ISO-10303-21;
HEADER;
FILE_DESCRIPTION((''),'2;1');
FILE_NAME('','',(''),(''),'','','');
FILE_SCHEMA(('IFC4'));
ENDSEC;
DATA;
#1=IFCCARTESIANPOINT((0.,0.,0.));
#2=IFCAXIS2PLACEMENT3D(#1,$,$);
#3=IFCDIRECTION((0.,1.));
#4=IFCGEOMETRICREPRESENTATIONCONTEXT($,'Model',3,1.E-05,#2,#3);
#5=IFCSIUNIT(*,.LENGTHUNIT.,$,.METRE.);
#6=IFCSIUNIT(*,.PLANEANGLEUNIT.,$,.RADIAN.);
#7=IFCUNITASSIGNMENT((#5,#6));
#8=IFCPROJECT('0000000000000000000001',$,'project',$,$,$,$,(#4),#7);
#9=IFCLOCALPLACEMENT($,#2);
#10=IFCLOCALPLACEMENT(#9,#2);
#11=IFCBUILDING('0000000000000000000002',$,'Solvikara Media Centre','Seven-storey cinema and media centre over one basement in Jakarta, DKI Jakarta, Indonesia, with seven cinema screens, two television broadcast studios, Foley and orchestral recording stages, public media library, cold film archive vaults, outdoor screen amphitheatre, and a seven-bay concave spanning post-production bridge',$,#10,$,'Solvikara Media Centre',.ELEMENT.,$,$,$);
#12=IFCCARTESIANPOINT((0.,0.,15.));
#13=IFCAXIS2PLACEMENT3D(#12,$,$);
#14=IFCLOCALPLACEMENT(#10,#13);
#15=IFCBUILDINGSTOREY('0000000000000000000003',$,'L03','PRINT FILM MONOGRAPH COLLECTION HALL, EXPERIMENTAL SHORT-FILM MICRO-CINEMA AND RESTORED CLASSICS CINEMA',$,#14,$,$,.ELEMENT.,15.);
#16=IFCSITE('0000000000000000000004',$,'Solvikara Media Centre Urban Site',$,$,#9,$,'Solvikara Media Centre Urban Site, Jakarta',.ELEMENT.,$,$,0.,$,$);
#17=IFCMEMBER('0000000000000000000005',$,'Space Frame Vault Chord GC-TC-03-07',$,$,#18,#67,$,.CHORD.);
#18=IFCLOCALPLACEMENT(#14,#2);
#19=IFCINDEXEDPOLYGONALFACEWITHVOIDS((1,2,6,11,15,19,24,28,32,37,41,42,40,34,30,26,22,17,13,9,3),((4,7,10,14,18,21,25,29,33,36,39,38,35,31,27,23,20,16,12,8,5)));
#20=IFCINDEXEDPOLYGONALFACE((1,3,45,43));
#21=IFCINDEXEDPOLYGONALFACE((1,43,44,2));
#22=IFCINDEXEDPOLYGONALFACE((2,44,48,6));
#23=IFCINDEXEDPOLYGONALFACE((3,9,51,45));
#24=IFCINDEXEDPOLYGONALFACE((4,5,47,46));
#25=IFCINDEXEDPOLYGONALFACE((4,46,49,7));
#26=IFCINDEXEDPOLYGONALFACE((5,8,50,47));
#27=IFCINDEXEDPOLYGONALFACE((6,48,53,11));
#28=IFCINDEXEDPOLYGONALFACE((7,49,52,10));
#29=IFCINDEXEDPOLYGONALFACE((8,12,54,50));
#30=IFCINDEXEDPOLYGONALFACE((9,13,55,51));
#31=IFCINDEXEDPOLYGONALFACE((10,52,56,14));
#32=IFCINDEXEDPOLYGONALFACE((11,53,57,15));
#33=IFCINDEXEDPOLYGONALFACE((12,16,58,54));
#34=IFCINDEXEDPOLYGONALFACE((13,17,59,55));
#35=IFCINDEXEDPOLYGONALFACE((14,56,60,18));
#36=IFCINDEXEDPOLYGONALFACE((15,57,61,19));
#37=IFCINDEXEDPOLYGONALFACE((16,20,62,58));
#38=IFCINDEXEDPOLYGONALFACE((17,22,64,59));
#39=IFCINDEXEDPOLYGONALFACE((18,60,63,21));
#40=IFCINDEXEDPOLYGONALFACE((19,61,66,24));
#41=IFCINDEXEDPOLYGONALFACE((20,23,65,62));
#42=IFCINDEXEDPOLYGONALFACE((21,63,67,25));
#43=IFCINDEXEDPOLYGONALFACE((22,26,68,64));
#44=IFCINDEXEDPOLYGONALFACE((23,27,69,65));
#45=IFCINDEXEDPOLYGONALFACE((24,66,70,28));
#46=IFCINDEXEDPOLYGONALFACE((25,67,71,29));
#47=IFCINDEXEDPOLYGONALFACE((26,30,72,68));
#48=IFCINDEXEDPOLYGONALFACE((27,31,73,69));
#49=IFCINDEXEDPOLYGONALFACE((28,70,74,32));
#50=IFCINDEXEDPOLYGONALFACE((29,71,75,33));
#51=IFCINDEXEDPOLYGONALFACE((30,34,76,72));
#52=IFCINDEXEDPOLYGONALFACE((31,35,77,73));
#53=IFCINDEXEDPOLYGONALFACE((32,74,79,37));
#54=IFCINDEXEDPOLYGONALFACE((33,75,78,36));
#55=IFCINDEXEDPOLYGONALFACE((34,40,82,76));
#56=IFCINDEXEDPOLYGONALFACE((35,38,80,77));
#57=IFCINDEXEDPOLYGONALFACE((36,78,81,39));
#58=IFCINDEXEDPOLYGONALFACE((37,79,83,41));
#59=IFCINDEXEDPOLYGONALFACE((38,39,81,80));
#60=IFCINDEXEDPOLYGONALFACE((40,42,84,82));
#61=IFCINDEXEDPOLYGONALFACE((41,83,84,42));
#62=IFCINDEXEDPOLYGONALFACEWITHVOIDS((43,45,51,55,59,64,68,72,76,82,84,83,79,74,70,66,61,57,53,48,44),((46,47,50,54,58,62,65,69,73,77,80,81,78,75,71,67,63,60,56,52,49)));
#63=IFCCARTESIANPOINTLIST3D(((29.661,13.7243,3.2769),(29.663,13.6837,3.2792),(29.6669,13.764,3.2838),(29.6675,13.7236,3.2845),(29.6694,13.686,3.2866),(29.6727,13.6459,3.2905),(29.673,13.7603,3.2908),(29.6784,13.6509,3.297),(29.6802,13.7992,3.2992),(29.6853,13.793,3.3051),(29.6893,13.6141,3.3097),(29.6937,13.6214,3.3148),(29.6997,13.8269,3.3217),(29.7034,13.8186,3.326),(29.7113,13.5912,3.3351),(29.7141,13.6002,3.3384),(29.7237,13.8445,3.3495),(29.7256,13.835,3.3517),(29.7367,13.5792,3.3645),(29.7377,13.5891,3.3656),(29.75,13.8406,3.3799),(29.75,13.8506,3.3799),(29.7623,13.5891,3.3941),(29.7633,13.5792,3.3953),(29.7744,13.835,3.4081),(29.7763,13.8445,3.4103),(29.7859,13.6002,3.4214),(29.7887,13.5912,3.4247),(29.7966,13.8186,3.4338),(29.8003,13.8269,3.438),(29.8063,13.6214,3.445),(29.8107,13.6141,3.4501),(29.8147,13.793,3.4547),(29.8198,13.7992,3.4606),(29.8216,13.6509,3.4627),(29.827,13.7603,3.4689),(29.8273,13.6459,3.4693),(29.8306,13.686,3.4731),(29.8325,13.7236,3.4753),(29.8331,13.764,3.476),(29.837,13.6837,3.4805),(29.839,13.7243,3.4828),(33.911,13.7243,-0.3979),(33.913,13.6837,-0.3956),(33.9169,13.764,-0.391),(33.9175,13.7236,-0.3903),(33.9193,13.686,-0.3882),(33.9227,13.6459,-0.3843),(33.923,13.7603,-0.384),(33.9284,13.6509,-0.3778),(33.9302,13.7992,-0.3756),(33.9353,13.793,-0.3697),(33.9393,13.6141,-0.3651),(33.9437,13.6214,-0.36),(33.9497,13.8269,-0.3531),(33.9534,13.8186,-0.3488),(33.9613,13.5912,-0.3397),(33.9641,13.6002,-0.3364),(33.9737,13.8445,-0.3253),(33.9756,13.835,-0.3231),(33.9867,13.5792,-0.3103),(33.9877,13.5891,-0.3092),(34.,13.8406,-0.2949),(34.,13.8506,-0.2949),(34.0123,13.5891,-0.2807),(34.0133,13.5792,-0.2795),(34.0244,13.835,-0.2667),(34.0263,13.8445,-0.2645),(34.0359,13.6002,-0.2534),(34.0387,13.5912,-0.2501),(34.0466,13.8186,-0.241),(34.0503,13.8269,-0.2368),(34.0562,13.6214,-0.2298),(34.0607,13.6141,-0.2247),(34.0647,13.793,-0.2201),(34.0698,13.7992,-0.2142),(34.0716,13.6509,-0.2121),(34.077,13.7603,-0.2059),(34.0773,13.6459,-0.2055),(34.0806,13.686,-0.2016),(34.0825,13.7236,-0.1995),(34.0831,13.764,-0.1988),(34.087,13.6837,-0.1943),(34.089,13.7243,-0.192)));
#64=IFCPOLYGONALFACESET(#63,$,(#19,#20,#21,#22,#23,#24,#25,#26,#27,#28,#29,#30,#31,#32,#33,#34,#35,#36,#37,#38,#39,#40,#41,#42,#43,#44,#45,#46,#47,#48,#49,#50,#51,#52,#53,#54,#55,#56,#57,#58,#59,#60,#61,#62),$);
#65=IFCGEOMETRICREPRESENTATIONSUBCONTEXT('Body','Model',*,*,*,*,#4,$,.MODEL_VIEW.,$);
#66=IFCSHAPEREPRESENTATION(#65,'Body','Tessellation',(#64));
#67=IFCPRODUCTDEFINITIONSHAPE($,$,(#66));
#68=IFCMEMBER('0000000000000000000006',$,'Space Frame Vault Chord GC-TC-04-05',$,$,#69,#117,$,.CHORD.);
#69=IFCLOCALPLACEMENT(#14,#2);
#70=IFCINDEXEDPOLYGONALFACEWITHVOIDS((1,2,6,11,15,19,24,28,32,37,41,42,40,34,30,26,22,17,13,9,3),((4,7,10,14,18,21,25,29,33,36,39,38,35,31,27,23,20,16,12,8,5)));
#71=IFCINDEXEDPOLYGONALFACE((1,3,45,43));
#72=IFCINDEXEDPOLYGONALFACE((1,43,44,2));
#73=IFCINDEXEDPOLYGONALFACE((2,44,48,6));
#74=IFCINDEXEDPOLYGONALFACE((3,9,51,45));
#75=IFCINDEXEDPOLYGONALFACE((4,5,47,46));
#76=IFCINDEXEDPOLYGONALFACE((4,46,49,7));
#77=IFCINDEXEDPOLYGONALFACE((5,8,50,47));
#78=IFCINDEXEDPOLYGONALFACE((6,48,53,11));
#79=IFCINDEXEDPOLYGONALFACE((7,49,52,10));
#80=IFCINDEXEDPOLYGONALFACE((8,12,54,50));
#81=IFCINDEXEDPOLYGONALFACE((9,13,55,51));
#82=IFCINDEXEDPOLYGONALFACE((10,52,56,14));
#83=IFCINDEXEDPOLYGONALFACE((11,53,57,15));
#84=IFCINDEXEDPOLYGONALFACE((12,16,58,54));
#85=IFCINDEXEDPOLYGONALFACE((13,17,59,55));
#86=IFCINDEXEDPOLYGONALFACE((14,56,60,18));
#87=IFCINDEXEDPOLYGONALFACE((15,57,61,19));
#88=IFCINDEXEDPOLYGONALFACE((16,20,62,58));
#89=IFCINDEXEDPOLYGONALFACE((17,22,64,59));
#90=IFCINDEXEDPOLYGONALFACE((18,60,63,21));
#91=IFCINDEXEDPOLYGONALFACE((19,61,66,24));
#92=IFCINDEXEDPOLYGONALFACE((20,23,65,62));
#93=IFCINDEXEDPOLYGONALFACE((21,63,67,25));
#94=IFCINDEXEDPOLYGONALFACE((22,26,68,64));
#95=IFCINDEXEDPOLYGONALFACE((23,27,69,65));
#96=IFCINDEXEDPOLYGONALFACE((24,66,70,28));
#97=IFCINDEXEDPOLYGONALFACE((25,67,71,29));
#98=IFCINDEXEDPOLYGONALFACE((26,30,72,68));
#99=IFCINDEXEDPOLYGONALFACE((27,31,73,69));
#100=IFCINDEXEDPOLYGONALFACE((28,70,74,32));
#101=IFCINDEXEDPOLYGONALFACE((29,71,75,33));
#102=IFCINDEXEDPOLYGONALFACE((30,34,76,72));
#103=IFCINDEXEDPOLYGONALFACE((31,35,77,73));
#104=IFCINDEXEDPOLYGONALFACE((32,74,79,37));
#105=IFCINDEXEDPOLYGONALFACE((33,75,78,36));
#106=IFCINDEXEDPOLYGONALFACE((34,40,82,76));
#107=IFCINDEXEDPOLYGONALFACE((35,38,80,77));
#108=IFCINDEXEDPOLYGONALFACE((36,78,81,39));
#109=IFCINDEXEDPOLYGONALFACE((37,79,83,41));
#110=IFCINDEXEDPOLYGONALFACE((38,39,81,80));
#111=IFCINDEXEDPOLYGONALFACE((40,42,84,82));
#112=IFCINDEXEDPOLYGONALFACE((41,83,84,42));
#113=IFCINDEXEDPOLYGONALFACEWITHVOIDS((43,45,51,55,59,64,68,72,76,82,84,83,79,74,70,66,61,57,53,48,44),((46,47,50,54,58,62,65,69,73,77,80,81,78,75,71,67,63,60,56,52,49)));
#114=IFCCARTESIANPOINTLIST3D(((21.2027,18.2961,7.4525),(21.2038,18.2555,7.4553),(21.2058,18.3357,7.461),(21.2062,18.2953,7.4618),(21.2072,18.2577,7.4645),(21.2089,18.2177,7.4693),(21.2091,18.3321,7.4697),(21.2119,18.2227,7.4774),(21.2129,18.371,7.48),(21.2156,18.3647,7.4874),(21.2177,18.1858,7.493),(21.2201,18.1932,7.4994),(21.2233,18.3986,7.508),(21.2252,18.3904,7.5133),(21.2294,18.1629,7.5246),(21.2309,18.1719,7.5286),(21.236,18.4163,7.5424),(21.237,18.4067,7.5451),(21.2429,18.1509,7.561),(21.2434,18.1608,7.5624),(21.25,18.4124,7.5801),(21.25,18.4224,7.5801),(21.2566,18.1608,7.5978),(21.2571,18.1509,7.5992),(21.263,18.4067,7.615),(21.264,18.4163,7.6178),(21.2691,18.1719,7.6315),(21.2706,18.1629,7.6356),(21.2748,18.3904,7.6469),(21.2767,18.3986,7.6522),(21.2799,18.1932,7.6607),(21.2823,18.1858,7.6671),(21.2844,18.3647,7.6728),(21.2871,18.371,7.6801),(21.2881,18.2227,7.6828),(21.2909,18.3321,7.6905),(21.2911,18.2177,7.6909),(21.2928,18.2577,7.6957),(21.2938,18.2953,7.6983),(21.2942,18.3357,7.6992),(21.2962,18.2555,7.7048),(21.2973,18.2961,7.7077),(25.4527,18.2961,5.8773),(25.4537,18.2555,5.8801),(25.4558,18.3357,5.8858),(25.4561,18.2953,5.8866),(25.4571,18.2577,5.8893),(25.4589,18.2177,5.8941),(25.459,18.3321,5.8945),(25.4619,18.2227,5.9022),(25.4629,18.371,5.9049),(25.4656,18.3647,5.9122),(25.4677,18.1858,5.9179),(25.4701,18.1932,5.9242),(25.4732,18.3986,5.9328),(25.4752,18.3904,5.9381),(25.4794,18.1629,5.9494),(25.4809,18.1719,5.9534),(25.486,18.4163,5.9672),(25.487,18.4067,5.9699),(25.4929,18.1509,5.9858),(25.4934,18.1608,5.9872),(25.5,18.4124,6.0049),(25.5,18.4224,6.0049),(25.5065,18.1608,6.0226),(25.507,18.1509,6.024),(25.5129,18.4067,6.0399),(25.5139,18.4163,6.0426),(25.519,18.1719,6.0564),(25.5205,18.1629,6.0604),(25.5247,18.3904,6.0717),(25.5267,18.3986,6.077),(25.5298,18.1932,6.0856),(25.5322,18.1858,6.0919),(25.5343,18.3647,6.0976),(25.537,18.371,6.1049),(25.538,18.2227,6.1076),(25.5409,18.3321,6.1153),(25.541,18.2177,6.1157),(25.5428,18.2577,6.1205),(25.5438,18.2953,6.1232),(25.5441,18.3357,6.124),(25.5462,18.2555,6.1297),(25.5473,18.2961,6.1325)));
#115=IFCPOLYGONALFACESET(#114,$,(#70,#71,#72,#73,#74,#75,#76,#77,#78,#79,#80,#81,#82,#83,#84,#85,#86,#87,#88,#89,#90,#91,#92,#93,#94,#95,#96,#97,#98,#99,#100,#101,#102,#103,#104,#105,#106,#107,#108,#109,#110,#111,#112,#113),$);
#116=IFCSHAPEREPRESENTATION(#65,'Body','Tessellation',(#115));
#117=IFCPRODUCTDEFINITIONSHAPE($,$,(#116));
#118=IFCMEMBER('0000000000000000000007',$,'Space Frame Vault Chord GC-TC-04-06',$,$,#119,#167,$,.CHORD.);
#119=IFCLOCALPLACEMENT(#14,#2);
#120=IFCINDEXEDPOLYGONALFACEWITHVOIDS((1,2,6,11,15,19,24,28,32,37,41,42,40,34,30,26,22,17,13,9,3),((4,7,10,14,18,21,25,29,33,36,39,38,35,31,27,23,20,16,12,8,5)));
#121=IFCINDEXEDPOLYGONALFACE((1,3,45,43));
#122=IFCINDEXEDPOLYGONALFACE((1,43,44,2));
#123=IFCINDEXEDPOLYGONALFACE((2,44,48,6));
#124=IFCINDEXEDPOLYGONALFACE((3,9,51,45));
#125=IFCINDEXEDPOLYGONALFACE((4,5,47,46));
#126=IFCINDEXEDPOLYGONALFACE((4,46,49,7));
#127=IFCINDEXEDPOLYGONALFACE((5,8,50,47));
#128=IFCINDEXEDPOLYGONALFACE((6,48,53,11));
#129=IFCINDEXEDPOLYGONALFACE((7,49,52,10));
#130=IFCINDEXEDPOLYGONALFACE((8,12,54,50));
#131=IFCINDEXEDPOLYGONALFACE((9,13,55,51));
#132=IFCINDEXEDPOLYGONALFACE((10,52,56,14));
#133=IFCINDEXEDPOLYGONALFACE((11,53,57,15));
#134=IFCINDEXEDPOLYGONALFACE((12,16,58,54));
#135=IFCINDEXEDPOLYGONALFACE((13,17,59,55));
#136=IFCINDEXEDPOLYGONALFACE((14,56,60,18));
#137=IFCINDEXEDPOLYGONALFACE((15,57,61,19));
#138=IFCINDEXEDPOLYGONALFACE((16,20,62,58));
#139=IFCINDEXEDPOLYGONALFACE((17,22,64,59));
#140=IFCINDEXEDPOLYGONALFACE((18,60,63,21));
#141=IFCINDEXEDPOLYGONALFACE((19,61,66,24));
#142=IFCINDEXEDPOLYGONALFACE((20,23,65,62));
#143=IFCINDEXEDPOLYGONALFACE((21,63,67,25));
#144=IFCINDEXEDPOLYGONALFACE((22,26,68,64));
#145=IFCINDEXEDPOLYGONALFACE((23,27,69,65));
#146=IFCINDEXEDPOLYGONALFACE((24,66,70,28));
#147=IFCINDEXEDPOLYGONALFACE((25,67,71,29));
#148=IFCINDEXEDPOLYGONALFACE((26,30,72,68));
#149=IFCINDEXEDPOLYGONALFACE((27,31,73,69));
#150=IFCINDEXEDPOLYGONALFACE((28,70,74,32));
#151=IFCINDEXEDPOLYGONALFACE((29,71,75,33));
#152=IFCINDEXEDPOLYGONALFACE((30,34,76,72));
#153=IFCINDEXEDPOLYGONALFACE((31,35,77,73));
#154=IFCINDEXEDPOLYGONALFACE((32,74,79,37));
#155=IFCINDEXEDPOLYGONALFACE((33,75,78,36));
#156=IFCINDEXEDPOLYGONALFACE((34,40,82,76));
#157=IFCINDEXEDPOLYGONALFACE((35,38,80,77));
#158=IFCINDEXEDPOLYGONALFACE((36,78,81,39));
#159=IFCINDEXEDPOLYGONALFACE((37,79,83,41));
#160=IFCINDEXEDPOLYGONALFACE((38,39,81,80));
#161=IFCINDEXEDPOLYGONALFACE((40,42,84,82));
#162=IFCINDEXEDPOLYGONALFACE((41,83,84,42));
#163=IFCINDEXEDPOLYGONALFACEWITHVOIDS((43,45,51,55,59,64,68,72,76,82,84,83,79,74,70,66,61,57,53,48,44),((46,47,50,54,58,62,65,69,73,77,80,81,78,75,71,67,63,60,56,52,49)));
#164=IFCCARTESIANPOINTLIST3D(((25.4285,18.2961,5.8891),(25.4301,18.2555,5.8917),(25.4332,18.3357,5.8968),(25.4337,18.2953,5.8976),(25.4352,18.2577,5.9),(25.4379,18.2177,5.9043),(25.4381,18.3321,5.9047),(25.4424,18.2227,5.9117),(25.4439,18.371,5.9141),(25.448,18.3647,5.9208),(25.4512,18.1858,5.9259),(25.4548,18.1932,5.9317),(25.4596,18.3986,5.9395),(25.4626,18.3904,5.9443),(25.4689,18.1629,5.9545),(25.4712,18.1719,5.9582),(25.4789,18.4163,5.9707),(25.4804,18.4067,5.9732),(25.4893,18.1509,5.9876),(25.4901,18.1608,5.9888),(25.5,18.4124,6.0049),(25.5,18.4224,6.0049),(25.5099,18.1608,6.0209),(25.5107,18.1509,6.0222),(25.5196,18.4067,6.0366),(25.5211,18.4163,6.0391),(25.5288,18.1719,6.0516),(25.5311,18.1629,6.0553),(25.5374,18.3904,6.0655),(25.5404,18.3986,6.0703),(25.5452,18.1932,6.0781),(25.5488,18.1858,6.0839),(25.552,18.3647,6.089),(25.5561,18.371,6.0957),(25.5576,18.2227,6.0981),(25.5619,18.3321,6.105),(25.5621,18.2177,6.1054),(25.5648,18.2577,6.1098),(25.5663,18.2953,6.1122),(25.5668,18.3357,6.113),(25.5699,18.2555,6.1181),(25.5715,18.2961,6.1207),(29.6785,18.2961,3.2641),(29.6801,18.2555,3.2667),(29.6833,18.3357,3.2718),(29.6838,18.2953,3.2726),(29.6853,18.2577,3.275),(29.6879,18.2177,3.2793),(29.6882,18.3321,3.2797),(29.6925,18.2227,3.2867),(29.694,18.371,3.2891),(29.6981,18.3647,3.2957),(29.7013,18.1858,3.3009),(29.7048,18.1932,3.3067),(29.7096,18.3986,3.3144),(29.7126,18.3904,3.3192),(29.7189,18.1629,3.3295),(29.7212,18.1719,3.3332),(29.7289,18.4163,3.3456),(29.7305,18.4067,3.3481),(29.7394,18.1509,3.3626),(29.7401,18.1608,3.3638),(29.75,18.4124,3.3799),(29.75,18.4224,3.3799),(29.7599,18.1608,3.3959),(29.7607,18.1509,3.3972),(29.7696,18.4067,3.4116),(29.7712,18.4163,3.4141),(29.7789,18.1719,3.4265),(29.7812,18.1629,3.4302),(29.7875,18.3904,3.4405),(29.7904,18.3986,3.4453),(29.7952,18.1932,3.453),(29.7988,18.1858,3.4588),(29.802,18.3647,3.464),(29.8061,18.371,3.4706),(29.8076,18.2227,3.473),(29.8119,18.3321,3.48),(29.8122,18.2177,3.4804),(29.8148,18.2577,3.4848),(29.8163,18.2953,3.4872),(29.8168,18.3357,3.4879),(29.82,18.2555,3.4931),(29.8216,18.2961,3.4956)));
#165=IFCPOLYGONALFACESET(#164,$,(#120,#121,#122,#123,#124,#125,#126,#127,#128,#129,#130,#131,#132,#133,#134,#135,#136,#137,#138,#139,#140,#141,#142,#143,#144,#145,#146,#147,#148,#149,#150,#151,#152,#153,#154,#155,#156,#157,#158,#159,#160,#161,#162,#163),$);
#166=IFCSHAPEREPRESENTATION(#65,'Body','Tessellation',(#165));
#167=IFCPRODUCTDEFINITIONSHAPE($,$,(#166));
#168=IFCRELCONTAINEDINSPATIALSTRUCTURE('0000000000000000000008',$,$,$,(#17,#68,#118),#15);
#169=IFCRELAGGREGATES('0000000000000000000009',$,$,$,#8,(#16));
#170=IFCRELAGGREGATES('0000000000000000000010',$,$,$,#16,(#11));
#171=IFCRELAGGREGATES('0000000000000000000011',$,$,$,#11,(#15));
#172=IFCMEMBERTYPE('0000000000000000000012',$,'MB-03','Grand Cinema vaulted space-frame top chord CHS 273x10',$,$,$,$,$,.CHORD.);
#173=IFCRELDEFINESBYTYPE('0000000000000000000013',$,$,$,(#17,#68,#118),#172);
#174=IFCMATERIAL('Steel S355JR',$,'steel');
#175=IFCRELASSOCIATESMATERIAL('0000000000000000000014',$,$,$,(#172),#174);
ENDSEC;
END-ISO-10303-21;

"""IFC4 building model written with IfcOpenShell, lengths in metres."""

from ifc_helpers import new_model, si_unit, direction, frame, origin, origin_2d, place, context, subcontext, project, spatial, hollow_circle, extrude, material, material_profile, profile_set, type_object, element, save


model = new_model("IFC4")

# Units and contexts
model_context = context("Model", 3, precision=1e-05, world=origin(), true_north=direction((0.0, 1.0)))
body_context = subcontext(model_context, "Body", "Model", "MODEL_VIEW")
ifc_project = project(units=[si_unit("LENGTHUNIT", "METRE"), si_unit("PLANEANGLEUNIT", "RADIAN")], contexts=[model_context])

# Site, building, storey
site_placement = place(None, origin())
site = spatial("IfcSite", under=ifc_project, at=site_placement, Name="Solvikara Media Centre Urban Site", LongName="Solvikara Media Centre Urban Site, Jakarta", CompositionType="ELEMENT", RefElevation=0.0)
building_placement = place(site_placement, origin())
building = spatial("IfcBuilding", under=site, at=building_placement, Name="Solvikara Media Centre", Description="Seven-storey cinema and media centre over one basement in Jakarta, DKI Jakarta, Indonesia, with seven cinema screens, two television broadcast studios, Foley and orchestral recording stages, public media library, cold film archive vaults, outdoor screen amphitheatre, and a seven-bay concave spanning post-production bridge", LongName="Solvikara Media Centre", CompositionType="ELEMENT")
storey_placement = place(building_placement, frame((0.0, 0.0, 15.0)))
storey = spatial("IfcBuildingStorey", under=building, at=storey_placement, Name="L03", Description="PRINT FILM MONOGRAPH COLLECTION HALL, EXPERIMENTAL SHORT-FILM MICRO-CINEMA AND RESTORED CLASSICS CINEMA", CompositionType="ELEMENT", Elevation=15.0)

# Members
ifc_material_1 = material(Name="Steel S355JR", Category="steel")
ifc_material_profile_1 = material_profile(ifc_material_1, hollow_circle(Radius=0.1365, WallThickness=0.01, at=origin_2d()), Name="CHS 273x10")
ifc_profile_set_1 = profile_set([ifc_material_profile_1], Name="Steel S355JR")
member_type_1 = type_object("IfcMemberType", Name="MB-03", Description="Grand Cinema vaulted space-frame top chord CHS 273x10", PredefinedType="CHORD", material=ifc_profile_set_1)
member_1_placement = place(storey_placement, frame((29.75, 13.7141, 3.3799), z_axis=(0.75644, 0.0, -0.654063), x_axis=(0.0, 1.0, 0.0)))
element("IfcMember", 1, at=member_1_placement, inside=storey, type_object=member_type_1, Name="Space Frame Vault Chord GC-TC-03-07", PredefinedType="CHORD", context=body_context, shape_type="SweptSolid", body=[
    extrude(hollow_circle(Radius=0.1365, WallThickness=0.01, at=origin_2d()), origin(), (0.0, 0.0, 1.0), 5.6184),
])
member_2_placement = place(storey_placement, frame((21.25, 18.2859, 7.5801), z_axis=(0.937668, 0.0, -0.347532), x_axis=(0.0, 1.0, 0.0)))
element("IfcMember", 2, at=member_2_placement, inside=storey, type_object=member_type_1, Name="Space Frame Vault Chord GC-TC-04-05", PredefinedType="CHORD", context=body_context, shape_type="SweptSolid", body=[
    extrude(hollow_circle(Radius=0.1365, WallThickness=0.01, at=origin_2d()), origin(), (0.0, 0.0, 1.0), 4.5325),
])
member_3_placement = place(storey_placement, frame((25.5, 18.2859, 6.0049), z_axis=(0.850798, 0.0, -0.525493), x_axis=(0.0, 1.0, 0.0)))
element("IfcMember", 3, at=member_3_placement, inside=storey, type_object=member_type_1, Name="Space Frame Vault Chord GC-TC-04-06", PredefinedType="CHORD", context=body_context, shape_type="SweptSolid", body=[
    extrude(hollow_circle(Radius=0.1365, WallThickness=0.01, at=origin_2d()), origin(), (0.0, 0.0, 1.0), 4.9954),
])

save(model, "model.ifc")
